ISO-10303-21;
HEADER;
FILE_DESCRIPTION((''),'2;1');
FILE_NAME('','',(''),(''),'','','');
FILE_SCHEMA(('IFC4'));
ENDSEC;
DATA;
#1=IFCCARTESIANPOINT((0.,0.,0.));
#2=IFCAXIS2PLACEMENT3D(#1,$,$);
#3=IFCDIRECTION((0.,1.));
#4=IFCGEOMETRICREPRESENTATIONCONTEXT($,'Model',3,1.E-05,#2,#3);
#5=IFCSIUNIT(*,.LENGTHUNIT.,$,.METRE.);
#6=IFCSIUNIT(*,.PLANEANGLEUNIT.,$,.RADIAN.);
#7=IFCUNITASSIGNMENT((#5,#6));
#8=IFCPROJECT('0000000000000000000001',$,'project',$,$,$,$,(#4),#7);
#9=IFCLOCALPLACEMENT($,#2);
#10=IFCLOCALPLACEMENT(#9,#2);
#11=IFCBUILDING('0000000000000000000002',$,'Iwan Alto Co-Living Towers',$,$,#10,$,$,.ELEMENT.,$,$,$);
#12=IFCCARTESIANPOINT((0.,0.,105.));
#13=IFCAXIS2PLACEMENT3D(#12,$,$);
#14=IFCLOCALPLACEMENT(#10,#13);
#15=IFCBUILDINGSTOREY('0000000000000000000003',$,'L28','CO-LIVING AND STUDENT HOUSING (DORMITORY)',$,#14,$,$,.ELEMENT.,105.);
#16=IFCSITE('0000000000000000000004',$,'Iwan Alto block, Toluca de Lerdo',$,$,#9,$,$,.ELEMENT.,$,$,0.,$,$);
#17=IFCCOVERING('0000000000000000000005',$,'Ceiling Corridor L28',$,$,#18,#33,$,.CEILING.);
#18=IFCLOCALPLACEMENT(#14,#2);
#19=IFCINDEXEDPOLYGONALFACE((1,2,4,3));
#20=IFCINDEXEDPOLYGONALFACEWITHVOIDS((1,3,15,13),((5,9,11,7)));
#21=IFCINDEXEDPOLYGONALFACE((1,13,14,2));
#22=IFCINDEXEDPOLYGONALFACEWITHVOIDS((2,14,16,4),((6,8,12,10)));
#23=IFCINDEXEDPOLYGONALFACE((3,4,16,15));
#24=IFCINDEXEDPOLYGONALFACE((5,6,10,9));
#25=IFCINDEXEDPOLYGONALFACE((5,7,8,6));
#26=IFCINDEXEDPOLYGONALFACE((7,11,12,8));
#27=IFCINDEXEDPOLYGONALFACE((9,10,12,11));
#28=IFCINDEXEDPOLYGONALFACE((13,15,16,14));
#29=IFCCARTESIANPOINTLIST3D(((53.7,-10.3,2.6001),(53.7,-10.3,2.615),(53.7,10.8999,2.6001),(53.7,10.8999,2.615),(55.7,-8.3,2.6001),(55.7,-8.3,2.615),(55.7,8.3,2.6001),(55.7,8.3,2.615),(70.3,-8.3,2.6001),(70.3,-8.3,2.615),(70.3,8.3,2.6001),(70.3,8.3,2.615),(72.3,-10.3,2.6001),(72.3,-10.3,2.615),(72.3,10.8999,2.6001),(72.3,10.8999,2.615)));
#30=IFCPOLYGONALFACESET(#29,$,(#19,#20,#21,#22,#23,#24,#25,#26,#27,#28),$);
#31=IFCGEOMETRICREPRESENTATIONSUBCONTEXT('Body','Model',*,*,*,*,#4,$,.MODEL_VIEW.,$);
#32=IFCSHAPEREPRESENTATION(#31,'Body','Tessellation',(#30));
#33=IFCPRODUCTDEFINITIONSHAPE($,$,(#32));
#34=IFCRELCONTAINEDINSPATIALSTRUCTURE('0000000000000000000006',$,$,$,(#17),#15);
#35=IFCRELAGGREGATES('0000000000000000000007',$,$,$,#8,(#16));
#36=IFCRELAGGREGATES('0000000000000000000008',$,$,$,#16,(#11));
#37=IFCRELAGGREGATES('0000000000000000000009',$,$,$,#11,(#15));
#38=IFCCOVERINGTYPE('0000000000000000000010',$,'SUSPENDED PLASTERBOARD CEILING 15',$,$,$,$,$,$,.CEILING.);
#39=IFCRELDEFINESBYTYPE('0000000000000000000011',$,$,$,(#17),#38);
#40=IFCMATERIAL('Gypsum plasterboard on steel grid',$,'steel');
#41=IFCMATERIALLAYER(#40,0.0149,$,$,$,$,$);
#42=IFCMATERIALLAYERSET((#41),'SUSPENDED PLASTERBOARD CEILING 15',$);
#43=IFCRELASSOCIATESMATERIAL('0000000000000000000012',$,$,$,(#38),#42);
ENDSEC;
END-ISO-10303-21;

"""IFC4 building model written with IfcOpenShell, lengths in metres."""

from ifc_helpers import new_model, si_unit, direction, frame, origin, place, context, subcontext, project, spatial, polyline, outline, extrude, material, layer, layer_set, type_object, element, save


model = new_model("IFC4")

# Units and contexts
model_context = context("Model", 3, precision=1e-05, world=origin(), true_north=direction((0.0, 1.0)))
body_context = subcontext(model_context, "Body", "Model", "MODEL_VIEW")
ifc_project = project(units=[si_unit("LENGTHUNIT", "METRE"), si_unit("PLANEANGLEUNIT", "RADIAN")], contexts=[model_context])

# Site, building, storey
site_placement = place(None, origin())
site = spatial("IfcSite", under=ifc_project, at=site_placement, Name="Iwan Alto block, Toluca de Lerdo", CompositionType="ELEMENT", RefElevation=0.0)
building_placement = place(site_placement, origin())
building = spatial("IfcBuilding", under=site, at=building_placement, Name="Iwan Alto Co-Living Towers", CompositionType="ELEMENT")
storey_placement = place(building_placement, frame((0.0, 0.0, 105.0)))
storey = spatial("IfcBuildingStorey", under=building, at=storey_placement, Name="L28", Description="CO-LIVING AND STUDENT HOUSING (DORMITORY)", CompositionType="ELEMENT", Elevation=105.0)

# Covering
ifc_material_1 = material(Name="Gypsum plasterboard on steel grid", Category="steel")
ifc_layer_1 = layer(ifc_material_1, 0.0149)
ifc_layer_set_1 = layer_set([ifc_layer_1], Name="SUSPENDED PLASTERBOARD CEILING 15")
covering_type_1 = type_object("IfcCoveringType", Name="SUSPENDED PLASTERBOARD CEILING 15", PredefinedType="CEILING", material=ifc_layer_set_1)
covering_1_placement = place(storey_placement, frame((0.0, 0.0, 2.6001)))
element("IfcCovering", 1, at=covering_1_placement, inside=storey, type_object=covering_type_1, Name="Ceiling Corridor L28", PredefinedType="CEILING", context=body_context, shape_type="SweptSolid", body=[
    extrude(outline(polyline([(53.7, 10.8999), (72.3, 10.8999), (72.3, -10.3), (53.7, -10.3), (53.7, 10.8999)]), holes=[polyline([(55.7, 8.3), (55.7, -8.3), (70.3, -8.3), (70.3, 8.3), (55.7, 8.3)])]), origin(), (0.0, 0.0, 1.0), 0.0149),
])

save(model, "model.ifc")
